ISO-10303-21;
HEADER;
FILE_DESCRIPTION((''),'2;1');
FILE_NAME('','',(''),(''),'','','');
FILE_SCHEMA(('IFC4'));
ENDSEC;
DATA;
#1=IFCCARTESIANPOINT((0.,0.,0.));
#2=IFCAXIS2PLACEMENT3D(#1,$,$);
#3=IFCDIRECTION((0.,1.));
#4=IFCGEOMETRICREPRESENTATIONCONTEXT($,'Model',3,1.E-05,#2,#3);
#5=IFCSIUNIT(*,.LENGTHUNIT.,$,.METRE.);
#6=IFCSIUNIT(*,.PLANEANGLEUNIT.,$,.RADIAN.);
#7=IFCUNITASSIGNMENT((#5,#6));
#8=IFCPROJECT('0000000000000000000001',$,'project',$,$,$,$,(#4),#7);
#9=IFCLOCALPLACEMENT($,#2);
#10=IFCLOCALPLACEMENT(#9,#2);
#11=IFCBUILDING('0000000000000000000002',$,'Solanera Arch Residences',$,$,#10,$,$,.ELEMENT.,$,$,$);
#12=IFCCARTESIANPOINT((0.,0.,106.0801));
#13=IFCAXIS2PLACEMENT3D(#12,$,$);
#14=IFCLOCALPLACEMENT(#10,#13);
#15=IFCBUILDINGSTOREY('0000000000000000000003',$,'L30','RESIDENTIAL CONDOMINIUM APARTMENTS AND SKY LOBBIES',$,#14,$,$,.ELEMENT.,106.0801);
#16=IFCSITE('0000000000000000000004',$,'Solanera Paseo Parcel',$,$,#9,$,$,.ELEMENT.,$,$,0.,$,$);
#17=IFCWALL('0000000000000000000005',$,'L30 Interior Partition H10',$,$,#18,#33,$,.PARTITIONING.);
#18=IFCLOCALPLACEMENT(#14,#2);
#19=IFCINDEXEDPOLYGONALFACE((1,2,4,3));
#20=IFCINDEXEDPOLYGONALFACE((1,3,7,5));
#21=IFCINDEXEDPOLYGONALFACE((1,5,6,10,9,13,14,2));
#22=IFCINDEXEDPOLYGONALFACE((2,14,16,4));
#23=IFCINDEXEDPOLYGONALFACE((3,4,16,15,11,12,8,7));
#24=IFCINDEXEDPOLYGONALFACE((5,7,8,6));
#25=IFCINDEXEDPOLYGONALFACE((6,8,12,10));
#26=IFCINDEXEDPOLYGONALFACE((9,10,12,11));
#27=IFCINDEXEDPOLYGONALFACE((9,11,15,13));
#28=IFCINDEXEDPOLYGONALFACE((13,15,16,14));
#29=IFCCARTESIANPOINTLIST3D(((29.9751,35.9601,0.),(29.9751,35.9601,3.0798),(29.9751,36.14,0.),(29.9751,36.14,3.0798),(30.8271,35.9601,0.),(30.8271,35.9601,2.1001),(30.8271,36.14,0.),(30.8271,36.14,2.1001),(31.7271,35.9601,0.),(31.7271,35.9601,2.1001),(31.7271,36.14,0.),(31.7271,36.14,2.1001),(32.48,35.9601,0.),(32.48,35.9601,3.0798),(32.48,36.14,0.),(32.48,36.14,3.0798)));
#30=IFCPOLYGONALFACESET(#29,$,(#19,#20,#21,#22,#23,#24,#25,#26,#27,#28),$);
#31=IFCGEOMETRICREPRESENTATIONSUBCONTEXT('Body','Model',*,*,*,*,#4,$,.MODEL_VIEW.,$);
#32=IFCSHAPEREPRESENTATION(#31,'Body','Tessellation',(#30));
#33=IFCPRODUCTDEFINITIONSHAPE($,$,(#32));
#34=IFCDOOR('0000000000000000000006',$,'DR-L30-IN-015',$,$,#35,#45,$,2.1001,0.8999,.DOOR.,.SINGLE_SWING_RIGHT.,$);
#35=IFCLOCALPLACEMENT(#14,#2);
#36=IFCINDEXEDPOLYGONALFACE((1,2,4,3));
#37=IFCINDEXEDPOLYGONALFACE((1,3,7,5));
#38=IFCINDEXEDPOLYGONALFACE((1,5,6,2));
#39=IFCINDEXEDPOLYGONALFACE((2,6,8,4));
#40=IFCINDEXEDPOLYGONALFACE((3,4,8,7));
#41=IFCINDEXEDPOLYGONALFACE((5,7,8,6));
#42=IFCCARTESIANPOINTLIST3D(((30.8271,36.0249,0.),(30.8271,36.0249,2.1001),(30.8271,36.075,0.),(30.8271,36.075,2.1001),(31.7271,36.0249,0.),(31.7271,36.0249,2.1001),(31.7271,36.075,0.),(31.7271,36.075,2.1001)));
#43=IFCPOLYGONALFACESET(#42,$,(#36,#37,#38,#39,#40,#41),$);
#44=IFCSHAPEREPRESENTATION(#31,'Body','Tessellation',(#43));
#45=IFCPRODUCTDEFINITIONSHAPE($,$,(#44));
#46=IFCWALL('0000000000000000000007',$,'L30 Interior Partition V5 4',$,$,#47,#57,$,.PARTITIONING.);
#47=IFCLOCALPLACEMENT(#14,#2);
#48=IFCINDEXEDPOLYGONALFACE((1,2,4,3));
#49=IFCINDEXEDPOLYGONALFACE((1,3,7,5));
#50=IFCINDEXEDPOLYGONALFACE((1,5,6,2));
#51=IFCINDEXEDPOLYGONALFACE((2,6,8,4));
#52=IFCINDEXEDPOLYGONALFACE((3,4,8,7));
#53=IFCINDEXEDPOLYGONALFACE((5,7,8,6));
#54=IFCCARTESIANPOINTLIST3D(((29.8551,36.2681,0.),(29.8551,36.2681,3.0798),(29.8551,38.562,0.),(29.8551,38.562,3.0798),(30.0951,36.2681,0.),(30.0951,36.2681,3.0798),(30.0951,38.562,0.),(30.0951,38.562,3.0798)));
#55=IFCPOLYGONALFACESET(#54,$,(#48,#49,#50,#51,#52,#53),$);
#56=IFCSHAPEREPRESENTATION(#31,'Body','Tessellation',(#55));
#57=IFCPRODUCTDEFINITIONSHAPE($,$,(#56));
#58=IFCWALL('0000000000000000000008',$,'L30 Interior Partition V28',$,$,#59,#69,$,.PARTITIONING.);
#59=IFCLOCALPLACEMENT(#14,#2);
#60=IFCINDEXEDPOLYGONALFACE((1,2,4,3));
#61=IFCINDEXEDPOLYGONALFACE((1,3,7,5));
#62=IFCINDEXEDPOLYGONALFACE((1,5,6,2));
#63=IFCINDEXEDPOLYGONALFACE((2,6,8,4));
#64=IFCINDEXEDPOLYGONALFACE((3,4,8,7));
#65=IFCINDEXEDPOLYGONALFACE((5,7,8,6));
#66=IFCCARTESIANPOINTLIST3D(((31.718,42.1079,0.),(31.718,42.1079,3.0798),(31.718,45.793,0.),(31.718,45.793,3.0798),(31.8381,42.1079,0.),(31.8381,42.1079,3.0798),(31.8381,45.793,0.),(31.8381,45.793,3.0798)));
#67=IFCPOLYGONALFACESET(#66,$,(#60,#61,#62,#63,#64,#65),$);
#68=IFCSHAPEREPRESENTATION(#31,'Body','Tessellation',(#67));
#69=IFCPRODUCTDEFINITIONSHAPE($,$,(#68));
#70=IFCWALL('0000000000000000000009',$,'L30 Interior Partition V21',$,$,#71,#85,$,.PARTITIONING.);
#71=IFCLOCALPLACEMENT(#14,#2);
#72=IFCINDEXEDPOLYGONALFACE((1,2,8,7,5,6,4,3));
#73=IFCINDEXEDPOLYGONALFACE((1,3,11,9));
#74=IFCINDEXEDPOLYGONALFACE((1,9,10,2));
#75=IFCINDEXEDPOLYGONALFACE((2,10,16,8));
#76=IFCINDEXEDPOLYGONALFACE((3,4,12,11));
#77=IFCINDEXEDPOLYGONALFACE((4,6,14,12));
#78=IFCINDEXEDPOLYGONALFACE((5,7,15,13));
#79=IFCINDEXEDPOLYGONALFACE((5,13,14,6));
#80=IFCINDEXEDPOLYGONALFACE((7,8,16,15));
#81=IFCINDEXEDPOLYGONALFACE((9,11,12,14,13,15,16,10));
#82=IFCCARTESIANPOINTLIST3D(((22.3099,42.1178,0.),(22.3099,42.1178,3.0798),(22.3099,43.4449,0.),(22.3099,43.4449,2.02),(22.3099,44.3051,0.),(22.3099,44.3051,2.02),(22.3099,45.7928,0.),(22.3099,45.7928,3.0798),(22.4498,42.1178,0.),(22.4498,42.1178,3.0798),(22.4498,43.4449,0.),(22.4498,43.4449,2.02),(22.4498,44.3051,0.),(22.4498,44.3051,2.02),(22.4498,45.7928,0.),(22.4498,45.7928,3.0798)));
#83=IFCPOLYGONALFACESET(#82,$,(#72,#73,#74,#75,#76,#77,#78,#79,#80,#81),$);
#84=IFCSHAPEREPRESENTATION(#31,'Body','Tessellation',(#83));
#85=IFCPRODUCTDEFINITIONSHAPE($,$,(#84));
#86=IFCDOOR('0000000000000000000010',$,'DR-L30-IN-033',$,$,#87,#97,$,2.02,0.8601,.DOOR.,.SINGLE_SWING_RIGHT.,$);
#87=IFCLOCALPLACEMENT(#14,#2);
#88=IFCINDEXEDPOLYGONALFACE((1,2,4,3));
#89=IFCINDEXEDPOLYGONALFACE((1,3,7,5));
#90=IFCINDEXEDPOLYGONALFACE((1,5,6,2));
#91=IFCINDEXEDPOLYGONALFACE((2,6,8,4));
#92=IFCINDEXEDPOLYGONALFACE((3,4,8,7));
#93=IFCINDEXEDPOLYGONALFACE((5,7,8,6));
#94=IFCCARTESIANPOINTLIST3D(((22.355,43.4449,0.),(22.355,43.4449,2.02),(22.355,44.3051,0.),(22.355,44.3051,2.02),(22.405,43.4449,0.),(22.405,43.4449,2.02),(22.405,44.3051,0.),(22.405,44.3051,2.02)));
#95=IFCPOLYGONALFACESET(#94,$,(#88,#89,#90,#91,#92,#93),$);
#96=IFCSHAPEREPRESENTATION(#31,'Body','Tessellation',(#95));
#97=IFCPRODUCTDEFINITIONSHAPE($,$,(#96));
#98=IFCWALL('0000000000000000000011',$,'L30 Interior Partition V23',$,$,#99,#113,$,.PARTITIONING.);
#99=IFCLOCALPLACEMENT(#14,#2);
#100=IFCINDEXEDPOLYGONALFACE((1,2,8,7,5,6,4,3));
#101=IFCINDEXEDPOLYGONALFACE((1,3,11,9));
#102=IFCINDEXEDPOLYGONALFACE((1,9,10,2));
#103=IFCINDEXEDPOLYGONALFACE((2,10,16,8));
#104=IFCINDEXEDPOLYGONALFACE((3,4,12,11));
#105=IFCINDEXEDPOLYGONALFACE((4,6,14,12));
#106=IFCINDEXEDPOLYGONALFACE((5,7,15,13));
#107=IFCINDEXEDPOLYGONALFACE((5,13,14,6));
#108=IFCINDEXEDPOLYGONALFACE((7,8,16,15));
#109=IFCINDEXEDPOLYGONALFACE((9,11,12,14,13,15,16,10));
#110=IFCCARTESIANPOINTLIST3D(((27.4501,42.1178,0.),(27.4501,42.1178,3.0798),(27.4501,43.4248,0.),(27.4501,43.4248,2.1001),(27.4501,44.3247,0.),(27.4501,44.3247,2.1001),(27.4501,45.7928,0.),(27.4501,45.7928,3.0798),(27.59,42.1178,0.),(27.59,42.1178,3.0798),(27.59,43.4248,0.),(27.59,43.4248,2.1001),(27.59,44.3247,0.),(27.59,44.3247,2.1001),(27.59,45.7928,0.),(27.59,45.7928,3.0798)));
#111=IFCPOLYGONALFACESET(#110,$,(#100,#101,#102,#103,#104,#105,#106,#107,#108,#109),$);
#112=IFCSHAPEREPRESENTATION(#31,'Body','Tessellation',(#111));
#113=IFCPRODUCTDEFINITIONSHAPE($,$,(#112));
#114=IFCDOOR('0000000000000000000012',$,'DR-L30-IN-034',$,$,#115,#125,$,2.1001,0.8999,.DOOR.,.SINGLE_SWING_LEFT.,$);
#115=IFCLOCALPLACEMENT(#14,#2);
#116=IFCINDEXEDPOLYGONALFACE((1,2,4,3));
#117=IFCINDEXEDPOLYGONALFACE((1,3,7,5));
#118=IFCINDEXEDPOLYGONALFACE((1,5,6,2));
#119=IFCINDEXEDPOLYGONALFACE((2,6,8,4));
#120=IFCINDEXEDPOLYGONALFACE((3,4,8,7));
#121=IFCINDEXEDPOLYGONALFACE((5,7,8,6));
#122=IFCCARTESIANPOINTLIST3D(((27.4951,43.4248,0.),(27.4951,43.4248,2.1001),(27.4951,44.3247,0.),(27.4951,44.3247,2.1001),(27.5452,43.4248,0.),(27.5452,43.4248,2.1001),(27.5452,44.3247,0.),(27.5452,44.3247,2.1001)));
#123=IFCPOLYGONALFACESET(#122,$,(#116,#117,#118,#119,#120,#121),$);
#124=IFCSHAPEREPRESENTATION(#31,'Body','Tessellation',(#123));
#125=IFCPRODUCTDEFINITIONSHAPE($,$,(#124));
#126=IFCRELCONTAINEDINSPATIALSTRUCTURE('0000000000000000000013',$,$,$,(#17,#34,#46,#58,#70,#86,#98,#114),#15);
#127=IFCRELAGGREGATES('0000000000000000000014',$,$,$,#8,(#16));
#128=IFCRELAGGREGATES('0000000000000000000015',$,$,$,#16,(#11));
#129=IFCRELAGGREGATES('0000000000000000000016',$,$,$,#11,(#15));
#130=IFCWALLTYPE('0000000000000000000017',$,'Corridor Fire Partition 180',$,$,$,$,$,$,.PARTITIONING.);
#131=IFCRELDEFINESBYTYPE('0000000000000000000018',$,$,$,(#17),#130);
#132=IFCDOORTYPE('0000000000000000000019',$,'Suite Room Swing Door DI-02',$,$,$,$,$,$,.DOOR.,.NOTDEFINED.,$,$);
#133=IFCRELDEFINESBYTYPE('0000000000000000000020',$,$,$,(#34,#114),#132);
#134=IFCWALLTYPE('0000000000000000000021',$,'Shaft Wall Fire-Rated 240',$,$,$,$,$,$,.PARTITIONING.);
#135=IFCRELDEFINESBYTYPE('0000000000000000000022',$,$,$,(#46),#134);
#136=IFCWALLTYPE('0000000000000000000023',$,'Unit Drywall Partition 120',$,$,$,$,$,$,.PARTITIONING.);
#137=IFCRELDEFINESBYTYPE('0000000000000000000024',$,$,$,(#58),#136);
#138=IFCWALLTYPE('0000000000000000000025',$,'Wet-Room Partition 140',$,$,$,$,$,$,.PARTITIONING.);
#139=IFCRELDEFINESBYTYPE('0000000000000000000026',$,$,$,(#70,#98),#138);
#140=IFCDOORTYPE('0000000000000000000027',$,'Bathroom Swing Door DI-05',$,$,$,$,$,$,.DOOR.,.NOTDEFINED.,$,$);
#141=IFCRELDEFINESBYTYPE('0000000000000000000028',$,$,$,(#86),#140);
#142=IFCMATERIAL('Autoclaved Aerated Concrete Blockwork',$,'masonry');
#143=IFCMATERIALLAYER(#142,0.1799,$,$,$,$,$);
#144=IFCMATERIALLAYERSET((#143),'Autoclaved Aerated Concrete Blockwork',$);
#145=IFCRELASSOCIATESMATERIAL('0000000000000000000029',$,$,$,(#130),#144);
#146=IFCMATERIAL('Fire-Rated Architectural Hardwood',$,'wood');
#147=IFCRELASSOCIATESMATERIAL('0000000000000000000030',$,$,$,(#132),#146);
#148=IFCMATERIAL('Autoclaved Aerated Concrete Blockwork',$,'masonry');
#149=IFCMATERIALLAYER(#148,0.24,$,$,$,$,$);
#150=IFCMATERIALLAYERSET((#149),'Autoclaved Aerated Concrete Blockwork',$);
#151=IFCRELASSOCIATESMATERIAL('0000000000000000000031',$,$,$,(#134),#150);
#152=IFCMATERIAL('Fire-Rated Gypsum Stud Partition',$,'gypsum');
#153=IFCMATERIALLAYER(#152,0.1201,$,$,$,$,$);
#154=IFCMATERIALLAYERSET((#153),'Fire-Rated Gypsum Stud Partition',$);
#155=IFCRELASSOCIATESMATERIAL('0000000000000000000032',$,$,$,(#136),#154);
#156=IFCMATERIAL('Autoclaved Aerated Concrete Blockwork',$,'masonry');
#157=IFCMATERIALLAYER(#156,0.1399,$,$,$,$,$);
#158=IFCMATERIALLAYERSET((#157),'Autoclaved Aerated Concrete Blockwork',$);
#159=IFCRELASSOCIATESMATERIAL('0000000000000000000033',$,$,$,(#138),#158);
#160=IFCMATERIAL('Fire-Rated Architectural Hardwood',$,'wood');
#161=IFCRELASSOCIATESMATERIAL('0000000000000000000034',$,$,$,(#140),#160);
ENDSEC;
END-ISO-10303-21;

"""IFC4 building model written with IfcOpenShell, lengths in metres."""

from ifc_helpers import new_model, si_unit, direction, frame, frame_2d, origin, place, context, subcontext, project, spatial, rectangle, extrude, material, layer, layer_set, type_object, element, fill, save


model = new_model("IFC4")

# Units and contexts
model_context = context("Model", 3, precision=1e-05, world=origin(), true_north=direction((0.0, 1.0)))
body_context = subcontext(model_context, "Body", "Model", "MODEL_VIEW")
ifc_project = project(units=[si_unit("LENGTHUNIT", "METRE"), si_unit("PLANEANGLEUNIT", "RADIAN")], contexts=[model_context])

# Site, building, storey
site_placement = place(None, origin())
site = spatial("IfcSite", under=ifc_project, at=site_placement, Name="Solanera Paseo Parcel", CompositionType="ELEMENT", RefElevation=0.0)
building_placement = place(site_placement, origin())
building = spatial("IfcBuilding", under=site, at=building_placement, Name="Solanera Arch Residences", CompositionType="ELEMENT")
storey_placement = place(building_placement, frame((0.0, 0.0, 106.0801)))
storey = spatial("IfcBuildingStorey", under=building, at=storey_placement, Name="L30", Description="RESIDENTIAL CONDOMINIUM APARTMENTS AND SKY LOBBIES", CompositionType="ELEMENT", Elevation=106.0801)

# Wall, opening, door
ifc_material_1 = material(Name="Autoclaved Aerated Concrete Blockwork", Category="masonry")
ifc_layer_1 = layer(ifc_material_1, 0.1799)
ifc_layer_set_1 = layer_set([ifc_layer_1], Name="Autoclaved Aerated Concrete Blockwork")
wall_type_1 = type_object("IfcWallType", Name="Corridor Fire Partition 180", PredefinedType="PARTITIONING", material=ifc_layer_set_1)
wall_1_placement = place(storey_placement, frame((29.9751, 36.05, 0.0), z_axis=(0.0, 0.0, 1.0), x_axis=(1.0, 0.0, 0.0)))
wall_1 = element("IfcWall", 1, at=wall_1_placement, inside=storey, type_object=wall_type_1, Name="L30 Interior Partition H10", PredefinedType="PARTITIONING", context=body_context, shape_type="SweptSolid", body=[
    extrude(rectangle(XDim=2.5049, YDim=0.1799, at=frame_2d((1.2524, 0.0))), origin(), (0.0, 0.0, 1.0), 3.0798),
])
opening_1_placement = place(wall_1_placement, frame((0.8521, 0.0, 0.0)))
opening_1 = element("IfcOpeningElement", 2, at=opening_1_placement, cuts=wall_1, PredefinedType="OPENING", context=body_context, shape_type="SweptSolid", body=[
    extrude(rectangle(XDim=0.8999, YDim=2.1001, at=frame_2d((0.45, 1.05))), frame((0.0, 0.1001, 0.0), z_axis=(0.0, -1.0, 0.0), x_axis=(1.0, 0.0, 0.0)), (0.0, 0.0, 1.0), 0.1999),
])
ifc_material_2 = material(Name="Fire-Rated Architectural Hardwood", Category="wood")
door_type_1 = type_object("IfcDoorType", Name="Suite Room Swing Door DI-02", OperationType="NOTDEFINED", PredefinedType="DOOR", material=ifc_material_2)
door_1_placement = place(opening_1_placement, origin())
door_1 = element("IfcDoor", 3, at=door_1_placement, inside=storey, type_object=door_type_1, Name="DR-L30-IN-015", OperationType="SINGLE_SWING_RIGHT", OverallHeight=2.1001, OverallWidth=0.8999, PredefinedType="DOOR", context=body_context, shape_type="SweptSolid", body=[
    extrude(rectangle(XDim=0.8999, YDim=2.1001, at=frame_2d((0.45, 1.05))), frame((0.0, 0.0249, 0.0), z_axis=(0.0, -1.0, 0.0), x_axis=(1.0, 0.0, 0.0)), (0.0, 0.0, 1.0), 0.05),
])
fill(opening_1, door_1)

# Walls
ifc_material_3 = material(Name="Autoclaved Aerated Concrete Blockwork", Category="masonry")
ifc_layer_2 = layer(ifc_material_3, 0.24)
ifc_layer_set_2 = layer_set([ifc_layer_2], Name="Autoclaved Aerated Concrete Blockwork")
wall_type_2 = type_object("IfcWallType", Name="Shaft Wall Fire-Rated 240", PredefinedType="PARTITIONING", material=ifc_layer_set_2)
wall_2_placement = place(storey_placement, frame((29.9751, 36.2681, 0.0), z_axis=(0.0, 0.0, 1.0), x_axis=(0.0, 1.0, 0.0)))
element("IfcWall", 4, at=wall_2_placement, inside=storey, type_object=wall_type_2, Name="L30 Interior Partition V5 4", PredefinedType="PARTITIONING", context=body_context, shape_type="SweptSolid", body=[
    extrude(rectangle(XDim=2.2939, YDim=0.24, at=frame_2d((1.147, 0.0))), origin(), (0.0, 0.0, 1.0), 3.0798),
])
ifc_material_4 = material(Name="Fire-Rated Gypsum Stud Partition", Category="gypsum")
ifc_layer_3 = layer(ifc_material_4, 0.1201)
ifc_layer_set_3 = layer_set([ifc_layer_3], Name="Fire-Rated Gypsum Stud Partition")
wall_type_3 = type_object("IfcWallType", Name="Unit Drywall Partition 120", PredefinedType="PARTITIONING", material=ifc_layer_set_3)
wall_3_placement = place(storey_placement, frame((31.7781, 42.1079, 0.0), z_axis=(0.0, 0.0, 1.0), x_axis=(0.0, 1.0, 0.0)))
element("IfcWall", 5, at=wall_3_placement, inside=storey, type_object=wall_type_3, Name="L30 Interior Partition V28", PredefinedType="PARTITIONING", context=body_context, shape_type="SweptSolid", body=[
    extrude(rectangle(XDim=3.6851, YDim=0.1201, at=frame_2d((1.8425, 0.0))), origin(), (0.0, 0.0, 1.0), 3.0798),
])

# Walls, openings, doors
ifc_material_5 = material(Name="Autoclaved Aerated Concrete Blockwork", Category="masonry")
ifc_layer_4 = layer(ifc_material_5, 0.1399)
ifc_layer_set_4 = layer_set([ifc_layer_4], Name="Autoclaved Aerated Concrete Blockwork")
wall_type_4 = type_object("IfcWallType", Name="Wet-Room Partition 140", PredefinedType="PARTITIONING", material=ifc_layer_set_4)
wall_4_placement = place(storey_placement, frame((22.3799, 42.1179, 0.0), z_axis=(0.0, 0.0, 1.0), x_axis=(0.0, 1.0, 0.0)))
wall_4 = element("IfcWall", 6, at=wall_4_placement, inside=storey, type_object=wall_type_4, Name="L30 Interior Partition V21", PredefinedType="PARTITIONING", context=body_context, shape_type="SweptSolid", body=[
    extrude(rectangle(XDim=3.675, YDim=0.1399, at=frame_2d((1.8374, 0.0))), origin(), (0.0, 0.0, 1.0), 3.0798),
])
opening_2_placement = place(wall_4_placement, frame((1.3269, 0.0, 0.0)))
opening_2 = element("IfcOpeningElement", 7, at=opening_2_placement, cuts=wall_4, PredefinedType="OPENING", context=body_context, shape_type="SweptSolid", body=[
    extrude(rectangle(XDim=0.8601, YDim=2.02, at=frame_2d((0.4302, 1.01))), frame((0.0, 0.0798, 0.0), z_axis=(0.0, -1.0, 0.0), x_axis=(1.0, 0.0, 0.0)), (0.0, 0.0, 1.0), 0.1599),
])
ifc_material_6 = material(Name="Fire-Rated Architectural Hardwood", Category="wood")
door_type_2 = type_object("IfcDoorType", Name="Bathroom Swing Door DI-05", OperationType="NOTDEFINED", PredefinedType="DOOR", material=ifc_material_6)
door_2_placement = place(opening_2_placement, origin())
door_2 = element("IfcDoor", 8, at=door_2_placement, inside=storey, type_object=door_type_2, Name="DR-L30-IN-033", OperationType="SINGLE_SWING_RIGHT", OverallHeight=2.02, OverallWidth=0.8601, PredefinedType="DOOR", context=body_context, shape_type="SweptSolid", body=[
    extrude(rectangle(XDim=0.8601, YDim=2.02, at=frame_2d((0.4302, 1.01))), frame((0.0, 0.0249, 0.0), z_axis=(0.0, -1.0, 0.0), x_axis=(1.0, 0.0, 0.0)), (0.0, 0.0, 1.0), 0.05),
])
fill(opening_2, door_2)
wall_5_placement = place(storey_placement, frame((27.52, 42.1179, 0.0), z_axis=(0.0, 0.0, 1.0), x_axis=(0.0, 1.0, 0.0)))
wall_5 = element("IfcWall", 9, at=wall_5_placement, inside=storey, type_object=wall_type_4, Name="L30 Interior Partition V23", PredefinedType="PARTITIONING", context=body_context, shape_type="SweptSolid", body=[
    extrude(rectangle(XDim=3.675, YDim=0.1399, at=frame_2d((1.8374, 0.0))), origin(), (0.0, 0.0, 1.0), 3.0798),
])
opening_3_placement = place(wall_5_placement, frame((1.3069, 0.0, 0.0)))
opening_3 = element("IfcOpeningElement", 10, at=opening_3_placement, cuts=wall_5, PredefinedType="OPENING", context=body_context, shape_type="SweptSolid", body=[
    extrude(rectangle(XDim=0.8999, YDim=2.1001, at=frame_2d((0.45, 1.05))), frame((0.0, 0.0798, 0.0), z_axis=(0.0, -1.0, 0.0), x_axis=(1.0, 0.0, 0.0)), (0.0, 0.0, 1.0), 0.1599),
])
door_3_placement = place(opening_3_placement, origin())
door_3 = element("IfcDoor", 11, at=door_3_placement, inside=storey, type_object=door_type_1, Name="DR-L30-IN-034", OperationType="SINGLE_SWING_LEFT", OverallHeight=2.1001, OverallWidth=0.8999, PredefinedType="DOOR", context=body_context, shape_type="SweptSolid", body=[
    extrude(rectangle(XDim=0.8999, YDim=2.1001, at=frame_2d((0.45, 1.05))), frame((0.0, 0.0249, 0.0), z_axis=(0.0, -1.0, 0.0), x_axis=(1.0, 0.0, 0.0)), (0.0, 0.0, 1.0), 0.05),
])
fill(opening_3, door_3)

save(model, "model.ifc")
